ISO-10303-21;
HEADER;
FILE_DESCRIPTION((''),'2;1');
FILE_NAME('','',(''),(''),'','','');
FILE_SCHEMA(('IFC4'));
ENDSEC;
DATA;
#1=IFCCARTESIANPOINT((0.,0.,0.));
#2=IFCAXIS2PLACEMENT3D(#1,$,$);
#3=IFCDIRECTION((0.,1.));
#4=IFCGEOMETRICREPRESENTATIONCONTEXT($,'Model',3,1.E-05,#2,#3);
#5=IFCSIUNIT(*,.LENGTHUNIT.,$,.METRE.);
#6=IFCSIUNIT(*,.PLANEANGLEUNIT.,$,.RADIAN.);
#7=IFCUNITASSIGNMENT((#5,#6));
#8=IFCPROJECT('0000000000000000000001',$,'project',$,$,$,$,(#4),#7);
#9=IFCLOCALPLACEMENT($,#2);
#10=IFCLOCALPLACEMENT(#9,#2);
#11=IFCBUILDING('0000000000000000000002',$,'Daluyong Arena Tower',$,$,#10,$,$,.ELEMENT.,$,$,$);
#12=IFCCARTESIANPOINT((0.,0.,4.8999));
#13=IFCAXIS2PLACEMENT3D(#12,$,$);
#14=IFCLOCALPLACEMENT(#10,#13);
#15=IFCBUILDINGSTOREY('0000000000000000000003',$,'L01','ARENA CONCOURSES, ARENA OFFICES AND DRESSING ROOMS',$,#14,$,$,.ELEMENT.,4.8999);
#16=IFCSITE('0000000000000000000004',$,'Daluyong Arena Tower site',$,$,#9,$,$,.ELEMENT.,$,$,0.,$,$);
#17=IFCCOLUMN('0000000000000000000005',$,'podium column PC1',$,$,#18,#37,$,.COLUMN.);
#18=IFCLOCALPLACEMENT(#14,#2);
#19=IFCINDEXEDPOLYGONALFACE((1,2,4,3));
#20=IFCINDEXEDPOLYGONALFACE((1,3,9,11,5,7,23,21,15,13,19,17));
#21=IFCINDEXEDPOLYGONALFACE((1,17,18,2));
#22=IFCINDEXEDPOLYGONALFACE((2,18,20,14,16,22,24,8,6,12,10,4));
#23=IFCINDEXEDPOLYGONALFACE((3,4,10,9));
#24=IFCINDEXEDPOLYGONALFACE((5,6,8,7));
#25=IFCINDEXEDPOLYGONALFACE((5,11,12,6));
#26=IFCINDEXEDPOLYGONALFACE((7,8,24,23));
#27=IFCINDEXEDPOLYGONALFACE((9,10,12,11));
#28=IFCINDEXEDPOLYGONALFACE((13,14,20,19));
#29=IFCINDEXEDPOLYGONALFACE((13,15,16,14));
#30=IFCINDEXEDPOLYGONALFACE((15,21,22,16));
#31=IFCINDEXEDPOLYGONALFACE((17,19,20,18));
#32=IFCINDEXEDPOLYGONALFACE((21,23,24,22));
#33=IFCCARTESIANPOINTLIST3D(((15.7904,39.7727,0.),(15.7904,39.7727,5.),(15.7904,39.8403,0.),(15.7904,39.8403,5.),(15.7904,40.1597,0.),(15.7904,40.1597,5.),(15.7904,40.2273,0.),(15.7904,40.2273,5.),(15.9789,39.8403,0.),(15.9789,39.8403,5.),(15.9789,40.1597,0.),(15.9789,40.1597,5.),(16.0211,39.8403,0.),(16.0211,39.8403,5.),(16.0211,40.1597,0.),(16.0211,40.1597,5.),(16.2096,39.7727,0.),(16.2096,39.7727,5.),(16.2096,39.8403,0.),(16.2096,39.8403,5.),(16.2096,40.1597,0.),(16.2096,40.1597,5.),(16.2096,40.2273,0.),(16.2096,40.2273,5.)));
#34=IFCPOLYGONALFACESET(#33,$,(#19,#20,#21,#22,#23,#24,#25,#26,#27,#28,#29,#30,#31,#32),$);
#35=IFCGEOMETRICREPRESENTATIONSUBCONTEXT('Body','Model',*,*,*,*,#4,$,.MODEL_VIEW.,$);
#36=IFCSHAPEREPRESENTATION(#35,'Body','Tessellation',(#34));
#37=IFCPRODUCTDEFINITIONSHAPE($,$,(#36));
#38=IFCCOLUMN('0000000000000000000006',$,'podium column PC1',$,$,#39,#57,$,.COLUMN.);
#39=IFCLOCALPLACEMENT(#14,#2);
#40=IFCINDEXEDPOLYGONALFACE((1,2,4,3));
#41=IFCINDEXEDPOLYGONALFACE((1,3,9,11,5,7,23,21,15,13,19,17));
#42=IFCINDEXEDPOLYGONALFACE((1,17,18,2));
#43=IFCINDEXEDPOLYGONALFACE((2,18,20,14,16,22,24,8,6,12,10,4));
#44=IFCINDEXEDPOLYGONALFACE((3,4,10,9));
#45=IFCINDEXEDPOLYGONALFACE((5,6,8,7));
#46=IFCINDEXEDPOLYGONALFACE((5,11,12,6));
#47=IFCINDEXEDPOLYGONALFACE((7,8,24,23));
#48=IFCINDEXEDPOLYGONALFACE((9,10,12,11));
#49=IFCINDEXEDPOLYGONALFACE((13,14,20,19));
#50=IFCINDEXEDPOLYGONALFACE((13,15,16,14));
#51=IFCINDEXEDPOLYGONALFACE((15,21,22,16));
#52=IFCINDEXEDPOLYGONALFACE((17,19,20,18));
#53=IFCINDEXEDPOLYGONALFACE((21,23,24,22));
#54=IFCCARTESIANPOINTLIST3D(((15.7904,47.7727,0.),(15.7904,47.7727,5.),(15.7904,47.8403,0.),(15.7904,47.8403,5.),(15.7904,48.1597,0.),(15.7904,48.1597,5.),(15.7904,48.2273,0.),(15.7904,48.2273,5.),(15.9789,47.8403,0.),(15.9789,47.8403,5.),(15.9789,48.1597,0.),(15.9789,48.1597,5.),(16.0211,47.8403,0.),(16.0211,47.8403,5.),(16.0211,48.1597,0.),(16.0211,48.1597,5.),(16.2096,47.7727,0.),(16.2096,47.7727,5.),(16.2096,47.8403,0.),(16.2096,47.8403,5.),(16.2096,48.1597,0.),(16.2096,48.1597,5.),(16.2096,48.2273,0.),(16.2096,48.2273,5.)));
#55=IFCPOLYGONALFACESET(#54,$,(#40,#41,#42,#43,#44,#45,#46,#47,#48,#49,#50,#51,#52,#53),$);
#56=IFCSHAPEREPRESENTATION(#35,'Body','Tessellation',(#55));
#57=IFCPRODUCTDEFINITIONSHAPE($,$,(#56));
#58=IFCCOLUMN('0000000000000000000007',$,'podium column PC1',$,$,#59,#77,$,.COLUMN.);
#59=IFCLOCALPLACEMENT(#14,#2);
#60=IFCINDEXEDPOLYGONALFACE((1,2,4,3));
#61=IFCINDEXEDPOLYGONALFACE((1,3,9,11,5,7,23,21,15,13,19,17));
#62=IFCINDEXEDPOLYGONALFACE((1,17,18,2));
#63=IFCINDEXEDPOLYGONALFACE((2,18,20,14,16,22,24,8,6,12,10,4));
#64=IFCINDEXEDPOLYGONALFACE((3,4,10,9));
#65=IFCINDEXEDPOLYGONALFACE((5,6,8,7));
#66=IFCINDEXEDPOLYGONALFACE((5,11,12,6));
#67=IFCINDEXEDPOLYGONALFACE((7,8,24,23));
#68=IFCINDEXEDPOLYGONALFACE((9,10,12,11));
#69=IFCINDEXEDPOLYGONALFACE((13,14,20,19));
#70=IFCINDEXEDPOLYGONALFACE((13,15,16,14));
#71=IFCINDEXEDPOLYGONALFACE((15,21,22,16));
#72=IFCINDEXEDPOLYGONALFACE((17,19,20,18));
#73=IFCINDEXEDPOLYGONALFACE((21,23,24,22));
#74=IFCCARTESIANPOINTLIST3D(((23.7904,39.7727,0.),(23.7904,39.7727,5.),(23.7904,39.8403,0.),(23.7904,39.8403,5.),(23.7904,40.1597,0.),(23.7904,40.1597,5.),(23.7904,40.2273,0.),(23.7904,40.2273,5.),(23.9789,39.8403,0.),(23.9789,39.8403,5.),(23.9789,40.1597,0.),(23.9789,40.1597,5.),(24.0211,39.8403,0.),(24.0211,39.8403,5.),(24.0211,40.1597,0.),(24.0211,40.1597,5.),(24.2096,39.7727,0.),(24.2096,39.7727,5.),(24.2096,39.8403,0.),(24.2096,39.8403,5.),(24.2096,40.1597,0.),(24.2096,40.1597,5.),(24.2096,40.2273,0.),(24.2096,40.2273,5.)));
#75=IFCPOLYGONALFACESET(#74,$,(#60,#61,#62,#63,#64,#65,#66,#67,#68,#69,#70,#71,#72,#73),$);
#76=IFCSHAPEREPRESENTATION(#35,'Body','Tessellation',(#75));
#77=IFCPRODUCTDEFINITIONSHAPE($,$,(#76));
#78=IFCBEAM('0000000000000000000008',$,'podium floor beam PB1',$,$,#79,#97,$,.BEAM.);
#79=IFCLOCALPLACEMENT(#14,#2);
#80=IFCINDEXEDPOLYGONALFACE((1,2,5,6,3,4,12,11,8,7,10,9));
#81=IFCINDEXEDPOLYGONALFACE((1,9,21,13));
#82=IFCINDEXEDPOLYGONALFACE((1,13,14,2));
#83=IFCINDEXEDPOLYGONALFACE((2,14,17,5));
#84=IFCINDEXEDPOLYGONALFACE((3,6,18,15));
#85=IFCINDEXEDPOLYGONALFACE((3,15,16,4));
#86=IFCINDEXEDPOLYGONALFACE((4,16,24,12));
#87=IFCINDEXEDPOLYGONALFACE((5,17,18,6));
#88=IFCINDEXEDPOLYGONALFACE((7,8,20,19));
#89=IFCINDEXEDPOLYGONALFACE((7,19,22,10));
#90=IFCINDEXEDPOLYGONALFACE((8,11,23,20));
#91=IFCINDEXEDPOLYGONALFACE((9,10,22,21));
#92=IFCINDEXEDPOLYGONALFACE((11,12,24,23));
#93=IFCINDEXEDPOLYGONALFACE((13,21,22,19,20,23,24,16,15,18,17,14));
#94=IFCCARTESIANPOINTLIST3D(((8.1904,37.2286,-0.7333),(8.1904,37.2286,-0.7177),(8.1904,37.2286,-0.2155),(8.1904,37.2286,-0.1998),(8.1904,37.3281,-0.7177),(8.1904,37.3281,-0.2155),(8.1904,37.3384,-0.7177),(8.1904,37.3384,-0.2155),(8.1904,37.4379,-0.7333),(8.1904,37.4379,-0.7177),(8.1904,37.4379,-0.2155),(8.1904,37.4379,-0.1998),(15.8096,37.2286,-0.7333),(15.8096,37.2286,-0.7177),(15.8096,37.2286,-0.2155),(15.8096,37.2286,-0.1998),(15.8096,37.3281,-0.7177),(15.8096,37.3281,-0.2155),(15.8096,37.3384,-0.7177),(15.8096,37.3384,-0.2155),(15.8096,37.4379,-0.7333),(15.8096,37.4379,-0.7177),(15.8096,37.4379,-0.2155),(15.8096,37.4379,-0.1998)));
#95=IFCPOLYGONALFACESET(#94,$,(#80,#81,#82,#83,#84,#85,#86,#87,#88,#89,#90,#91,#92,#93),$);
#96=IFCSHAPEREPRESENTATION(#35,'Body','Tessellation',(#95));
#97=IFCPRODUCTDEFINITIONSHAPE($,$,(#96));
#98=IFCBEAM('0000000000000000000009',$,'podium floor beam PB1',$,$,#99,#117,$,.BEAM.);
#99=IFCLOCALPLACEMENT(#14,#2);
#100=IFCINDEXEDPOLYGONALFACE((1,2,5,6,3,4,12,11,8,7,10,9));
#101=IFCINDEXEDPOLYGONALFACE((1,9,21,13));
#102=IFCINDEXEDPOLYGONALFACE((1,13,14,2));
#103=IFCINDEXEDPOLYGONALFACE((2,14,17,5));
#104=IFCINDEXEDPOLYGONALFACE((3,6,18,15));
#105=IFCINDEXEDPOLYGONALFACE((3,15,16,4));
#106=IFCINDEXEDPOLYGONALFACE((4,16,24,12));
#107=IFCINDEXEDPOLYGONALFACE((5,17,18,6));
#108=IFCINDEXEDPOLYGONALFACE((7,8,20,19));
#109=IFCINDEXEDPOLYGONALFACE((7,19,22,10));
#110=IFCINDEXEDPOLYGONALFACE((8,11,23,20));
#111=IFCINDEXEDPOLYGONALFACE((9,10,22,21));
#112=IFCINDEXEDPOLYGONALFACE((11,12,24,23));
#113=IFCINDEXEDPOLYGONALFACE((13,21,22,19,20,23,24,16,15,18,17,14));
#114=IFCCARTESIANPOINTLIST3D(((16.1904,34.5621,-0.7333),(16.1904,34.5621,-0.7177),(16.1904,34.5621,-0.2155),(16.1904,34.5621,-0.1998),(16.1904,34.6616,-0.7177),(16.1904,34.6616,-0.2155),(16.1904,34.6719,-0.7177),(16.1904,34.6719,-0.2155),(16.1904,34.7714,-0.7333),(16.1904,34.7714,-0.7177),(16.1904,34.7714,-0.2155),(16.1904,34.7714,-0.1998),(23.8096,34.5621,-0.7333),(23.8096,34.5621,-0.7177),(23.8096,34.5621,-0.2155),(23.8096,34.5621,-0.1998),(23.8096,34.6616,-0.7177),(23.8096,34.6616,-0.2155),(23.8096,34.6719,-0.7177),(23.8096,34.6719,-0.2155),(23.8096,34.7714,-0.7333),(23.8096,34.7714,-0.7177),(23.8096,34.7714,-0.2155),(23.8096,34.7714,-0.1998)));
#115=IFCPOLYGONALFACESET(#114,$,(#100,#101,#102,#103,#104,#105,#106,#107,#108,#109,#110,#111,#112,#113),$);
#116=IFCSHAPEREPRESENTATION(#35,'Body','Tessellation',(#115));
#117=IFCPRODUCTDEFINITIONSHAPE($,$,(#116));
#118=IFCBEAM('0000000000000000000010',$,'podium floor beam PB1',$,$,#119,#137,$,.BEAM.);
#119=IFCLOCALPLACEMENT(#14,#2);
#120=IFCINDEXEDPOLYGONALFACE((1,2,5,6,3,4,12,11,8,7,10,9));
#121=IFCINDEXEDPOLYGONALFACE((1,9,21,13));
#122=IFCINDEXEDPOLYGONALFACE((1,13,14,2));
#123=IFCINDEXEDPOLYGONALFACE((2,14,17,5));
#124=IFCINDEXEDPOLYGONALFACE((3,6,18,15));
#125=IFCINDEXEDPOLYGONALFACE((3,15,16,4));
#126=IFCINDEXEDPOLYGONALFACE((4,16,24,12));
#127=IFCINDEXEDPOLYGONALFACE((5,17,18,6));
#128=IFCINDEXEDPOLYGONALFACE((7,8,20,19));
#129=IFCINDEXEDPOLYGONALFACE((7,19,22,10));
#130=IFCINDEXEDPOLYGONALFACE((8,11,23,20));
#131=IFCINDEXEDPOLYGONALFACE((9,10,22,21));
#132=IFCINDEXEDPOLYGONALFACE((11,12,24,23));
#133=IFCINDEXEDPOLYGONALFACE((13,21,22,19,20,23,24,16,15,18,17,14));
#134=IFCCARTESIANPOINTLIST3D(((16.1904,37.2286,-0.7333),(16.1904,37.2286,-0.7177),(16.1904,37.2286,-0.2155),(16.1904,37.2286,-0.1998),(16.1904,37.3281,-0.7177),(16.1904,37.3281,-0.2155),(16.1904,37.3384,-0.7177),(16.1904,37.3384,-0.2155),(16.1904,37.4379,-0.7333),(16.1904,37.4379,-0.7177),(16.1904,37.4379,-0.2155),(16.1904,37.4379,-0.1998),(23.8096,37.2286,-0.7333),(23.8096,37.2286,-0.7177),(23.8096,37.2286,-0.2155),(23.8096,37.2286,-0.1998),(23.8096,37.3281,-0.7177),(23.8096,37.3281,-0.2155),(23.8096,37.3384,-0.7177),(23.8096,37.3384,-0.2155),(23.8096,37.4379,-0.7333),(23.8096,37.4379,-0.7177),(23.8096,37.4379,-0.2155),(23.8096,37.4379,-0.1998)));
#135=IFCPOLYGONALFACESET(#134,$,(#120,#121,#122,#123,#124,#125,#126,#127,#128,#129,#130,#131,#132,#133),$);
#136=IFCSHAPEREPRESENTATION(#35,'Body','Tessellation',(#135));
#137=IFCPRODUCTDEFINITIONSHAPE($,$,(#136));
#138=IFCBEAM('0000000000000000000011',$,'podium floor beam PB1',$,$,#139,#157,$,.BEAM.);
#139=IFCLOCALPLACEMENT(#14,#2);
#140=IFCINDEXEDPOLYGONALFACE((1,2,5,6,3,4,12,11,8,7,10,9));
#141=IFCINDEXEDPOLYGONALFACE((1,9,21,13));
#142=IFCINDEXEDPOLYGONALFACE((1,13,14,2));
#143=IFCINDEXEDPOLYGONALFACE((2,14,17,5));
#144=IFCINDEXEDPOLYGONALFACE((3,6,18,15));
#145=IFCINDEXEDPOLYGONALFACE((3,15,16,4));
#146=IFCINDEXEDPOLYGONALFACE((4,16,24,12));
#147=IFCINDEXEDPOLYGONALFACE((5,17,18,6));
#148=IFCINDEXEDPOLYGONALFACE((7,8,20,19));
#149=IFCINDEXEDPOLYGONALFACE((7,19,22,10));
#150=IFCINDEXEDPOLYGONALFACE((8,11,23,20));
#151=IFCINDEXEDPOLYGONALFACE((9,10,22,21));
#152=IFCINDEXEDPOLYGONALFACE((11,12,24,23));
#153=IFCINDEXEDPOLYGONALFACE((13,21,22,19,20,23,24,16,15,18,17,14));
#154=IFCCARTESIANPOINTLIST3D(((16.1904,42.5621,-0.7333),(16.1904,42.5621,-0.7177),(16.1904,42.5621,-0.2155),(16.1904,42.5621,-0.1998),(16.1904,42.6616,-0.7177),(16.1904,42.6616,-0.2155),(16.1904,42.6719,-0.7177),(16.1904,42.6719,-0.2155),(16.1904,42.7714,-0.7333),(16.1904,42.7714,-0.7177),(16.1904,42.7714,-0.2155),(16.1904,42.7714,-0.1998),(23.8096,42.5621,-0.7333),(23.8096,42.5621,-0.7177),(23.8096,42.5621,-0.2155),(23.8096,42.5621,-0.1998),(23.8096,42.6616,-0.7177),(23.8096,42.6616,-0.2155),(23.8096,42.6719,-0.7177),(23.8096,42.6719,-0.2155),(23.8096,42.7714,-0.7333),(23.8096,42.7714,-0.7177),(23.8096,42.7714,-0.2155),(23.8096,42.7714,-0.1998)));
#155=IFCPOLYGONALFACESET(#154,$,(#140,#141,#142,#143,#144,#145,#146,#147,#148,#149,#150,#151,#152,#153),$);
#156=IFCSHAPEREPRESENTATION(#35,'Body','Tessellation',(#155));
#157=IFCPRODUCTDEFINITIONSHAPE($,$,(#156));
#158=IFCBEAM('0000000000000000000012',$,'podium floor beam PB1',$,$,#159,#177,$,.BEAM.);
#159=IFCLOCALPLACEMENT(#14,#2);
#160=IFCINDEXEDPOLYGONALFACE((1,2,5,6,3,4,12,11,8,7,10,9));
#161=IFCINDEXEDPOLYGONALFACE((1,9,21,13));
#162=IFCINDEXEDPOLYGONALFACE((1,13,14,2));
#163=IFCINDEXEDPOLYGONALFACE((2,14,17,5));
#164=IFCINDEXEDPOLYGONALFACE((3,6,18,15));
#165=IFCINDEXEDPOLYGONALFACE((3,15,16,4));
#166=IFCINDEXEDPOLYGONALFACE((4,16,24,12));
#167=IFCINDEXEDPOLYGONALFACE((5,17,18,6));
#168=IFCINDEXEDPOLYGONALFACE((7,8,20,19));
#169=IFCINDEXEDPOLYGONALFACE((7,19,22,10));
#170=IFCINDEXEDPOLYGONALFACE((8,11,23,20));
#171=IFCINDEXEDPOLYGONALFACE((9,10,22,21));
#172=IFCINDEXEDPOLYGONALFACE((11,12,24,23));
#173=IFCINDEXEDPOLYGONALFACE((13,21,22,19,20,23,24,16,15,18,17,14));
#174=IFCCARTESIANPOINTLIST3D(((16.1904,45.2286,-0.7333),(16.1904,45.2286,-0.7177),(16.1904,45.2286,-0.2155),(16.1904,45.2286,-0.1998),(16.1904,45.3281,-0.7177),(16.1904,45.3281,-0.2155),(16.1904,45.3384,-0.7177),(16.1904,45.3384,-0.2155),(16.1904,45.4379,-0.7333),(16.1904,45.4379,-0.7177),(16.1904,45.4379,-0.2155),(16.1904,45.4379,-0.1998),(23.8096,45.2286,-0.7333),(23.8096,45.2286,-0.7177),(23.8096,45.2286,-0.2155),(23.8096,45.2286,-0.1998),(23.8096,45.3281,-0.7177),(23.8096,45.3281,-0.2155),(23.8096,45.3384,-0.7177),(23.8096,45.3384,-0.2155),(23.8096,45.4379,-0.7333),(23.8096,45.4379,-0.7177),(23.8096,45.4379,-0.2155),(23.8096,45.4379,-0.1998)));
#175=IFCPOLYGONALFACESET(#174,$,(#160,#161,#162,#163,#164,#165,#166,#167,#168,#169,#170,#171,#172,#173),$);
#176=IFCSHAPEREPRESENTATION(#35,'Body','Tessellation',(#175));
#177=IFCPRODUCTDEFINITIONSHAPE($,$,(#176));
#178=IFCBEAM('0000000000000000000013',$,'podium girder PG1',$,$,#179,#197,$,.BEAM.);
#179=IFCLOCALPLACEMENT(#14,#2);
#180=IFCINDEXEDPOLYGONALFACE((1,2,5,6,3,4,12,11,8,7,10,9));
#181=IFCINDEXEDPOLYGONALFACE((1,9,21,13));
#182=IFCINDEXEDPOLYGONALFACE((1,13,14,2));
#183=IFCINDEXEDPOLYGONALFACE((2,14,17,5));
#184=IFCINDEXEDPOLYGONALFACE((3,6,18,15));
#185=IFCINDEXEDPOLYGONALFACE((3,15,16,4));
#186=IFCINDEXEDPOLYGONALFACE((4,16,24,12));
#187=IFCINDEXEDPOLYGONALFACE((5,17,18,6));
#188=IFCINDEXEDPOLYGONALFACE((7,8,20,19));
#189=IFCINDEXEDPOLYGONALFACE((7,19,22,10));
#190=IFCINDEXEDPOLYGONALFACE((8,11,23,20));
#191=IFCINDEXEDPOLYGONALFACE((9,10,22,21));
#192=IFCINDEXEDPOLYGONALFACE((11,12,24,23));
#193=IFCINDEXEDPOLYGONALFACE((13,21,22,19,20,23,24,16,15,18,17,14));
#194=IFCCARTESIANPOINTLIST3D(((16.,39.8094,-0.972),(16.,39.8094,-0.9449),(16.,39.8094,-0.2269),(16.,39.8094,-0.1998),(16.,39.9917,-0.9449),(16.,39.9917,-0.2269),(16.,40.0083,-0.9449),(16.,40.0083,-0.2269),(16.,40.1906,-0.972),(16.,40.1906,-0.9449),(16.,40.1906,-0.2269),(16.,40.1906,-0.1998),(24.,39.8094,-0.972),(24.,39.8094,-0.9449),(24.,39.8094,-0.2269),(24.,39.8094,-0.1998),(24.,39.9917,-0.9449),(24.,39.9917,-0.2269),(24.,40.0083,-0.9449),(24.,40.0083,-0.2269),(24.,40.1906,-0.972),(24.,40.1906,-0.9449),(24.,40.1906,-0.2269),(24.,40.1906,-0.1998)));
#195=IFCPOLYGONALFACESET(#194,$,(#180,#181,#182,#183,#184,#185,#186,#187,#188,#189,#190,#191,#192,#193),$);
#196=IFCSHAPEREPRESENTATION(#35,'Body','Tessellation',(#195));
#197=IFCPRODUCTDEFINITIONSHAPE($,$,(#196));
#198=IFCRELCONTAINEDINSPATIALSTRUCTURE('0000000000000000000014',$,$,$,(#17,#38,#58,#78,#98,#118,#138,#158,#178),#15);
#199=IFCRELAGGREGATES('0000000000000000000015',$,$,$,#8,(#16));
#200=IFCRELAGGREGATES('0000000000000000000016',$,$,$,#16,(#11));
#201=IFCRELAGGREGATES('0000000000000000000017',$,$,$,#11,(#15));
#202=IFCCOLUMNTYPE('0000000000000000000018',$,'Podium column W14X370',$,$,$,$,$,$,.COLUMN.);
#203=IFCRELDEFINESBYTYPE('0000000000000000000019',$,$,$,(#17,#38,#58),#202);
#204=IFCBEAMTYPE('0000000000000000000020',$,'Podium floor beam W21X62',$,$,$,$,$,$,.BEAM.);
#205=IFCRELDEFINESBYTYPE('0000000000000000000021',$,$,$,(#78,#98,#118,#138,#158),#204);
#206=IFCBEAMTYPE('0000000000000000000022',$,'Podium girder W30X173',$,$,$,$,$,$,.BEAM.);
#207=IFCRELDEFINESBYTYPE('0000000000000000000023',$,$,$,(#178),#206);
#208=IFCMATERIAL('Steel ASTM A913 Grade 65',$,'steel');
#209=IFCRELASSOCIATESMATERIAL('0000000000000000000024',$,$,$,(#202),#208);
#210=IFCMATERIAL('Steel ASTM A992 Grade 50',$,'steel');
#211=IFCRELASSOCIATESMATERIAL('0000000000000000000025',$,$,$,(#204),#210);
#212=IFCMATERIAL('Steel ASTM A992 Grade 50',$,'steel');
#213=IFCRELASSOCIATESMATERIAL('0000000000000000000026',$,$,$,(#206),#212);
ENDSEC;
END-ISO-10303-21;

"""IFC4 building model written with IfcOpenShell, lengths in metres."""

from ifc_helpers import new_model, si_unit, direction, frame, origin, origin_2d, place, context, subcontext, project, spatial, i_section, extrude, material, material_profile, profile_set, type_object, element, save


model = new_model("IFC4")

# Units and contexts
model_context = context("Model", 3, precision=1e-05, world=origin(), true_north=direction((0.0, 1.0)))
body_context = subcontext(model_context, "Body", "Model", "MODEL_VIEW")
ifc_project = project(units=[si_unit("LENGTHUNIT", "METRE"), si_unit("PLANEANGLEUNIT", "RADIAN")], contexts=[model_context])

# Site, building, storey
site_placement = place(None, origin())
site = spatial("IfcSite", under=ifc_project, at=site_placement, Name="Daluyong Arena Tower site", CompositionType="ELEMENT", RefElevation=0.0)
building_placement = place(site_placement, origin())
building = spatial("IfcBuilding", under=site, at=building_placement, Name="Daluyong Arena Tower", CompositionType="ELEMENT")
storey_placement = place(building_placement, frame((0.0, 0.0, 4.8999)))
storey = spatial("IfcBuildingStorey", under=building, at=storey_placement, Name="L01", Description="ARENA CONCOURSES, ARENA OFFICES AND DRESSING ROOMS", CompositionType="ELEMENT", Elevation=4.8999)

# Columns
ifc_material_1 = material(Name="Steel ASTM A913 Grade 65", Category="steel")
ifc_material_profile_1 = material_profile(ifc_material_1, i_section(OverallWidth=0.4192, OverallDepth=0.4546, WebThickness=0.0422, FlangeThickness=0.0676, at=origin_2d()))
ifc_profile_set_1 = profile_set([ifc_material_profile_1], Name="Steel ASTM A913 Grade 65")
column_type = type_object("IfcColumnType", Name="Podium column W14X370", PredefinedType="COLUMN", material=ifc_profile_set_1)
for number, where, z_axis, x_axis, name in (
    (1, (16.0, 40.0, 0.0), (0.0, 0.0, 1.0), (1.0, 0.0, 0.0), "podium column PC1"),
    (2, (16.0, 48.0, 0.0), (0.0, 0.0, 1.0), (1.0, 0.0, 0.0), "podium column PC1"),
    (3, (24.0, 40.0, 0.0), (0.0, 0.0, 1.0), (1.0, 0.0, 0.0), "podium column PC1"),
):
    element("IfcColumn", number, at=place(storey_placement, frame(where, z_axis=z_axis, x_axis=x_axis)), inside=storey, type_object=column_type, Name=name, PredefinedType="COLUMN", context=body_context, shape_type="SweptSolid", body=[
        extrude(i_section(OverallWidth=0.4192, OverallDepth=0.4546, WebThickness=0.0422, FlangeThickness=0.0676, at=origin_2d()), origin(), (0.0, 0.0, 1.0), 5.0),
    ])

# Beams
ifc_material_2 = material(Name="Steel ASTM A992 Grade 50", Category="steel")
ifc_material_profile_2 = material_profile(ifc_material_2, i_section(OverallWidth=0.2092, OverallDepth=0.5334, WebThickness=0.0103, FlangeThickness=0.0156, at=origin_2d()))
ifc_profile_set_2 = profile_set([ifc_material_profile_2], Name="Steel ASTM A992 Grade 50")
beam_type_1 = type_object("IfcBeamType", Name="Podium floor beam W21X62", PredefinedType="BEAM", material=ifc_profile_set_2)
for number, where, z_axis, x_axis, name in (
    (4, (8.1904, 37.3333, -0.4666), (1.0, 0.0, 0.0), (0.0, 1.0, 0.0), "podium floor beam PB1"),
    (5, (16.1904, 34.6667, -0.4666), (1.0, 0.0, 0.0), (0.0, 1.0, 0.0), "podium floor beam PB1"),
    (6, (16.1904, 37.3333, -0.4666), (1.0, 0.0, 0.0), (0.0, 1.0, 0.0), "podium floor beam PB1"),
    (7, (16.1904, 42.6667, -0.4666), (1.0, 0.0, 0.0), (0.0, 1.0, 0.0), "podium floor beam PB1"),
    (8, (16.1904, 45.3333, -0.4666), (1.0, 0.0, 0.0), (0.0, 1.0, 0.0), "podium floor beam PB1"),
):
    element("IfcBeam", number, at=place(storey_placement, frame(where, z_axis=z_axis, x_axis=x_axis)), inside=storey, type_object=beam_type_1, Name=name, PredefinedType="BEAM", context=body_context, shape_type="SweptSolid", body=[
        extrude(i_section(OverallWidth=0.2092, OverallDepth=0.5334, WebThickness=0.0103, FlangeThickness=0.0156, at=origin_2d()), origin(), (0.0, 0.0, 1.0), 7.6191),
    ])
ifc_material_3 = material(Name="Steel ASTM A992 Grade 50", Category="steel")
ifc_material_profile_3 = material_profile(ifc_material_3, i_section(OverallWidth=0.3811, OverallDepth=0.7722, WebThickness=0.0166, FlangeThickness=0.0271, at=origin_2d()))
ifc_profile_set_3 = profile_set([ifc_material_profile_3], Name="Steel ASTM A992 Grade 50")
beam_type_2 = type_object("IfcBeamType", Name="Podium girder W30X173", PredefinedType="BEAM", material=ifc_profile_set_3)
for number, where, z_axis, x_axis, name in (
    (9, (16.0, 40.0, -0.5859), (1.0, 0.0, 0.0), (0.0, 1.0, 0.0), "podium girder PG1"),
):
    element("IfcBeam", number, at=place(storey_placement, frame(where, z_axis=z_axis, x_axis=x_axis)), inside=storey, type_object=beam_type_2, Name=name, PredefinedType="BEAM", context=body_context, shape_type="SweptSolid", body=[
        extrude(i_section(OverallWidth=0.3811, OverallDepth=0.7722, WebThickness=0.0166, FlangeThickness=0.0271, at=origin_2d()), origin(), (0.0, 0.0, 1.0), 8.0),
    ])

save(model, "model.ifc")
